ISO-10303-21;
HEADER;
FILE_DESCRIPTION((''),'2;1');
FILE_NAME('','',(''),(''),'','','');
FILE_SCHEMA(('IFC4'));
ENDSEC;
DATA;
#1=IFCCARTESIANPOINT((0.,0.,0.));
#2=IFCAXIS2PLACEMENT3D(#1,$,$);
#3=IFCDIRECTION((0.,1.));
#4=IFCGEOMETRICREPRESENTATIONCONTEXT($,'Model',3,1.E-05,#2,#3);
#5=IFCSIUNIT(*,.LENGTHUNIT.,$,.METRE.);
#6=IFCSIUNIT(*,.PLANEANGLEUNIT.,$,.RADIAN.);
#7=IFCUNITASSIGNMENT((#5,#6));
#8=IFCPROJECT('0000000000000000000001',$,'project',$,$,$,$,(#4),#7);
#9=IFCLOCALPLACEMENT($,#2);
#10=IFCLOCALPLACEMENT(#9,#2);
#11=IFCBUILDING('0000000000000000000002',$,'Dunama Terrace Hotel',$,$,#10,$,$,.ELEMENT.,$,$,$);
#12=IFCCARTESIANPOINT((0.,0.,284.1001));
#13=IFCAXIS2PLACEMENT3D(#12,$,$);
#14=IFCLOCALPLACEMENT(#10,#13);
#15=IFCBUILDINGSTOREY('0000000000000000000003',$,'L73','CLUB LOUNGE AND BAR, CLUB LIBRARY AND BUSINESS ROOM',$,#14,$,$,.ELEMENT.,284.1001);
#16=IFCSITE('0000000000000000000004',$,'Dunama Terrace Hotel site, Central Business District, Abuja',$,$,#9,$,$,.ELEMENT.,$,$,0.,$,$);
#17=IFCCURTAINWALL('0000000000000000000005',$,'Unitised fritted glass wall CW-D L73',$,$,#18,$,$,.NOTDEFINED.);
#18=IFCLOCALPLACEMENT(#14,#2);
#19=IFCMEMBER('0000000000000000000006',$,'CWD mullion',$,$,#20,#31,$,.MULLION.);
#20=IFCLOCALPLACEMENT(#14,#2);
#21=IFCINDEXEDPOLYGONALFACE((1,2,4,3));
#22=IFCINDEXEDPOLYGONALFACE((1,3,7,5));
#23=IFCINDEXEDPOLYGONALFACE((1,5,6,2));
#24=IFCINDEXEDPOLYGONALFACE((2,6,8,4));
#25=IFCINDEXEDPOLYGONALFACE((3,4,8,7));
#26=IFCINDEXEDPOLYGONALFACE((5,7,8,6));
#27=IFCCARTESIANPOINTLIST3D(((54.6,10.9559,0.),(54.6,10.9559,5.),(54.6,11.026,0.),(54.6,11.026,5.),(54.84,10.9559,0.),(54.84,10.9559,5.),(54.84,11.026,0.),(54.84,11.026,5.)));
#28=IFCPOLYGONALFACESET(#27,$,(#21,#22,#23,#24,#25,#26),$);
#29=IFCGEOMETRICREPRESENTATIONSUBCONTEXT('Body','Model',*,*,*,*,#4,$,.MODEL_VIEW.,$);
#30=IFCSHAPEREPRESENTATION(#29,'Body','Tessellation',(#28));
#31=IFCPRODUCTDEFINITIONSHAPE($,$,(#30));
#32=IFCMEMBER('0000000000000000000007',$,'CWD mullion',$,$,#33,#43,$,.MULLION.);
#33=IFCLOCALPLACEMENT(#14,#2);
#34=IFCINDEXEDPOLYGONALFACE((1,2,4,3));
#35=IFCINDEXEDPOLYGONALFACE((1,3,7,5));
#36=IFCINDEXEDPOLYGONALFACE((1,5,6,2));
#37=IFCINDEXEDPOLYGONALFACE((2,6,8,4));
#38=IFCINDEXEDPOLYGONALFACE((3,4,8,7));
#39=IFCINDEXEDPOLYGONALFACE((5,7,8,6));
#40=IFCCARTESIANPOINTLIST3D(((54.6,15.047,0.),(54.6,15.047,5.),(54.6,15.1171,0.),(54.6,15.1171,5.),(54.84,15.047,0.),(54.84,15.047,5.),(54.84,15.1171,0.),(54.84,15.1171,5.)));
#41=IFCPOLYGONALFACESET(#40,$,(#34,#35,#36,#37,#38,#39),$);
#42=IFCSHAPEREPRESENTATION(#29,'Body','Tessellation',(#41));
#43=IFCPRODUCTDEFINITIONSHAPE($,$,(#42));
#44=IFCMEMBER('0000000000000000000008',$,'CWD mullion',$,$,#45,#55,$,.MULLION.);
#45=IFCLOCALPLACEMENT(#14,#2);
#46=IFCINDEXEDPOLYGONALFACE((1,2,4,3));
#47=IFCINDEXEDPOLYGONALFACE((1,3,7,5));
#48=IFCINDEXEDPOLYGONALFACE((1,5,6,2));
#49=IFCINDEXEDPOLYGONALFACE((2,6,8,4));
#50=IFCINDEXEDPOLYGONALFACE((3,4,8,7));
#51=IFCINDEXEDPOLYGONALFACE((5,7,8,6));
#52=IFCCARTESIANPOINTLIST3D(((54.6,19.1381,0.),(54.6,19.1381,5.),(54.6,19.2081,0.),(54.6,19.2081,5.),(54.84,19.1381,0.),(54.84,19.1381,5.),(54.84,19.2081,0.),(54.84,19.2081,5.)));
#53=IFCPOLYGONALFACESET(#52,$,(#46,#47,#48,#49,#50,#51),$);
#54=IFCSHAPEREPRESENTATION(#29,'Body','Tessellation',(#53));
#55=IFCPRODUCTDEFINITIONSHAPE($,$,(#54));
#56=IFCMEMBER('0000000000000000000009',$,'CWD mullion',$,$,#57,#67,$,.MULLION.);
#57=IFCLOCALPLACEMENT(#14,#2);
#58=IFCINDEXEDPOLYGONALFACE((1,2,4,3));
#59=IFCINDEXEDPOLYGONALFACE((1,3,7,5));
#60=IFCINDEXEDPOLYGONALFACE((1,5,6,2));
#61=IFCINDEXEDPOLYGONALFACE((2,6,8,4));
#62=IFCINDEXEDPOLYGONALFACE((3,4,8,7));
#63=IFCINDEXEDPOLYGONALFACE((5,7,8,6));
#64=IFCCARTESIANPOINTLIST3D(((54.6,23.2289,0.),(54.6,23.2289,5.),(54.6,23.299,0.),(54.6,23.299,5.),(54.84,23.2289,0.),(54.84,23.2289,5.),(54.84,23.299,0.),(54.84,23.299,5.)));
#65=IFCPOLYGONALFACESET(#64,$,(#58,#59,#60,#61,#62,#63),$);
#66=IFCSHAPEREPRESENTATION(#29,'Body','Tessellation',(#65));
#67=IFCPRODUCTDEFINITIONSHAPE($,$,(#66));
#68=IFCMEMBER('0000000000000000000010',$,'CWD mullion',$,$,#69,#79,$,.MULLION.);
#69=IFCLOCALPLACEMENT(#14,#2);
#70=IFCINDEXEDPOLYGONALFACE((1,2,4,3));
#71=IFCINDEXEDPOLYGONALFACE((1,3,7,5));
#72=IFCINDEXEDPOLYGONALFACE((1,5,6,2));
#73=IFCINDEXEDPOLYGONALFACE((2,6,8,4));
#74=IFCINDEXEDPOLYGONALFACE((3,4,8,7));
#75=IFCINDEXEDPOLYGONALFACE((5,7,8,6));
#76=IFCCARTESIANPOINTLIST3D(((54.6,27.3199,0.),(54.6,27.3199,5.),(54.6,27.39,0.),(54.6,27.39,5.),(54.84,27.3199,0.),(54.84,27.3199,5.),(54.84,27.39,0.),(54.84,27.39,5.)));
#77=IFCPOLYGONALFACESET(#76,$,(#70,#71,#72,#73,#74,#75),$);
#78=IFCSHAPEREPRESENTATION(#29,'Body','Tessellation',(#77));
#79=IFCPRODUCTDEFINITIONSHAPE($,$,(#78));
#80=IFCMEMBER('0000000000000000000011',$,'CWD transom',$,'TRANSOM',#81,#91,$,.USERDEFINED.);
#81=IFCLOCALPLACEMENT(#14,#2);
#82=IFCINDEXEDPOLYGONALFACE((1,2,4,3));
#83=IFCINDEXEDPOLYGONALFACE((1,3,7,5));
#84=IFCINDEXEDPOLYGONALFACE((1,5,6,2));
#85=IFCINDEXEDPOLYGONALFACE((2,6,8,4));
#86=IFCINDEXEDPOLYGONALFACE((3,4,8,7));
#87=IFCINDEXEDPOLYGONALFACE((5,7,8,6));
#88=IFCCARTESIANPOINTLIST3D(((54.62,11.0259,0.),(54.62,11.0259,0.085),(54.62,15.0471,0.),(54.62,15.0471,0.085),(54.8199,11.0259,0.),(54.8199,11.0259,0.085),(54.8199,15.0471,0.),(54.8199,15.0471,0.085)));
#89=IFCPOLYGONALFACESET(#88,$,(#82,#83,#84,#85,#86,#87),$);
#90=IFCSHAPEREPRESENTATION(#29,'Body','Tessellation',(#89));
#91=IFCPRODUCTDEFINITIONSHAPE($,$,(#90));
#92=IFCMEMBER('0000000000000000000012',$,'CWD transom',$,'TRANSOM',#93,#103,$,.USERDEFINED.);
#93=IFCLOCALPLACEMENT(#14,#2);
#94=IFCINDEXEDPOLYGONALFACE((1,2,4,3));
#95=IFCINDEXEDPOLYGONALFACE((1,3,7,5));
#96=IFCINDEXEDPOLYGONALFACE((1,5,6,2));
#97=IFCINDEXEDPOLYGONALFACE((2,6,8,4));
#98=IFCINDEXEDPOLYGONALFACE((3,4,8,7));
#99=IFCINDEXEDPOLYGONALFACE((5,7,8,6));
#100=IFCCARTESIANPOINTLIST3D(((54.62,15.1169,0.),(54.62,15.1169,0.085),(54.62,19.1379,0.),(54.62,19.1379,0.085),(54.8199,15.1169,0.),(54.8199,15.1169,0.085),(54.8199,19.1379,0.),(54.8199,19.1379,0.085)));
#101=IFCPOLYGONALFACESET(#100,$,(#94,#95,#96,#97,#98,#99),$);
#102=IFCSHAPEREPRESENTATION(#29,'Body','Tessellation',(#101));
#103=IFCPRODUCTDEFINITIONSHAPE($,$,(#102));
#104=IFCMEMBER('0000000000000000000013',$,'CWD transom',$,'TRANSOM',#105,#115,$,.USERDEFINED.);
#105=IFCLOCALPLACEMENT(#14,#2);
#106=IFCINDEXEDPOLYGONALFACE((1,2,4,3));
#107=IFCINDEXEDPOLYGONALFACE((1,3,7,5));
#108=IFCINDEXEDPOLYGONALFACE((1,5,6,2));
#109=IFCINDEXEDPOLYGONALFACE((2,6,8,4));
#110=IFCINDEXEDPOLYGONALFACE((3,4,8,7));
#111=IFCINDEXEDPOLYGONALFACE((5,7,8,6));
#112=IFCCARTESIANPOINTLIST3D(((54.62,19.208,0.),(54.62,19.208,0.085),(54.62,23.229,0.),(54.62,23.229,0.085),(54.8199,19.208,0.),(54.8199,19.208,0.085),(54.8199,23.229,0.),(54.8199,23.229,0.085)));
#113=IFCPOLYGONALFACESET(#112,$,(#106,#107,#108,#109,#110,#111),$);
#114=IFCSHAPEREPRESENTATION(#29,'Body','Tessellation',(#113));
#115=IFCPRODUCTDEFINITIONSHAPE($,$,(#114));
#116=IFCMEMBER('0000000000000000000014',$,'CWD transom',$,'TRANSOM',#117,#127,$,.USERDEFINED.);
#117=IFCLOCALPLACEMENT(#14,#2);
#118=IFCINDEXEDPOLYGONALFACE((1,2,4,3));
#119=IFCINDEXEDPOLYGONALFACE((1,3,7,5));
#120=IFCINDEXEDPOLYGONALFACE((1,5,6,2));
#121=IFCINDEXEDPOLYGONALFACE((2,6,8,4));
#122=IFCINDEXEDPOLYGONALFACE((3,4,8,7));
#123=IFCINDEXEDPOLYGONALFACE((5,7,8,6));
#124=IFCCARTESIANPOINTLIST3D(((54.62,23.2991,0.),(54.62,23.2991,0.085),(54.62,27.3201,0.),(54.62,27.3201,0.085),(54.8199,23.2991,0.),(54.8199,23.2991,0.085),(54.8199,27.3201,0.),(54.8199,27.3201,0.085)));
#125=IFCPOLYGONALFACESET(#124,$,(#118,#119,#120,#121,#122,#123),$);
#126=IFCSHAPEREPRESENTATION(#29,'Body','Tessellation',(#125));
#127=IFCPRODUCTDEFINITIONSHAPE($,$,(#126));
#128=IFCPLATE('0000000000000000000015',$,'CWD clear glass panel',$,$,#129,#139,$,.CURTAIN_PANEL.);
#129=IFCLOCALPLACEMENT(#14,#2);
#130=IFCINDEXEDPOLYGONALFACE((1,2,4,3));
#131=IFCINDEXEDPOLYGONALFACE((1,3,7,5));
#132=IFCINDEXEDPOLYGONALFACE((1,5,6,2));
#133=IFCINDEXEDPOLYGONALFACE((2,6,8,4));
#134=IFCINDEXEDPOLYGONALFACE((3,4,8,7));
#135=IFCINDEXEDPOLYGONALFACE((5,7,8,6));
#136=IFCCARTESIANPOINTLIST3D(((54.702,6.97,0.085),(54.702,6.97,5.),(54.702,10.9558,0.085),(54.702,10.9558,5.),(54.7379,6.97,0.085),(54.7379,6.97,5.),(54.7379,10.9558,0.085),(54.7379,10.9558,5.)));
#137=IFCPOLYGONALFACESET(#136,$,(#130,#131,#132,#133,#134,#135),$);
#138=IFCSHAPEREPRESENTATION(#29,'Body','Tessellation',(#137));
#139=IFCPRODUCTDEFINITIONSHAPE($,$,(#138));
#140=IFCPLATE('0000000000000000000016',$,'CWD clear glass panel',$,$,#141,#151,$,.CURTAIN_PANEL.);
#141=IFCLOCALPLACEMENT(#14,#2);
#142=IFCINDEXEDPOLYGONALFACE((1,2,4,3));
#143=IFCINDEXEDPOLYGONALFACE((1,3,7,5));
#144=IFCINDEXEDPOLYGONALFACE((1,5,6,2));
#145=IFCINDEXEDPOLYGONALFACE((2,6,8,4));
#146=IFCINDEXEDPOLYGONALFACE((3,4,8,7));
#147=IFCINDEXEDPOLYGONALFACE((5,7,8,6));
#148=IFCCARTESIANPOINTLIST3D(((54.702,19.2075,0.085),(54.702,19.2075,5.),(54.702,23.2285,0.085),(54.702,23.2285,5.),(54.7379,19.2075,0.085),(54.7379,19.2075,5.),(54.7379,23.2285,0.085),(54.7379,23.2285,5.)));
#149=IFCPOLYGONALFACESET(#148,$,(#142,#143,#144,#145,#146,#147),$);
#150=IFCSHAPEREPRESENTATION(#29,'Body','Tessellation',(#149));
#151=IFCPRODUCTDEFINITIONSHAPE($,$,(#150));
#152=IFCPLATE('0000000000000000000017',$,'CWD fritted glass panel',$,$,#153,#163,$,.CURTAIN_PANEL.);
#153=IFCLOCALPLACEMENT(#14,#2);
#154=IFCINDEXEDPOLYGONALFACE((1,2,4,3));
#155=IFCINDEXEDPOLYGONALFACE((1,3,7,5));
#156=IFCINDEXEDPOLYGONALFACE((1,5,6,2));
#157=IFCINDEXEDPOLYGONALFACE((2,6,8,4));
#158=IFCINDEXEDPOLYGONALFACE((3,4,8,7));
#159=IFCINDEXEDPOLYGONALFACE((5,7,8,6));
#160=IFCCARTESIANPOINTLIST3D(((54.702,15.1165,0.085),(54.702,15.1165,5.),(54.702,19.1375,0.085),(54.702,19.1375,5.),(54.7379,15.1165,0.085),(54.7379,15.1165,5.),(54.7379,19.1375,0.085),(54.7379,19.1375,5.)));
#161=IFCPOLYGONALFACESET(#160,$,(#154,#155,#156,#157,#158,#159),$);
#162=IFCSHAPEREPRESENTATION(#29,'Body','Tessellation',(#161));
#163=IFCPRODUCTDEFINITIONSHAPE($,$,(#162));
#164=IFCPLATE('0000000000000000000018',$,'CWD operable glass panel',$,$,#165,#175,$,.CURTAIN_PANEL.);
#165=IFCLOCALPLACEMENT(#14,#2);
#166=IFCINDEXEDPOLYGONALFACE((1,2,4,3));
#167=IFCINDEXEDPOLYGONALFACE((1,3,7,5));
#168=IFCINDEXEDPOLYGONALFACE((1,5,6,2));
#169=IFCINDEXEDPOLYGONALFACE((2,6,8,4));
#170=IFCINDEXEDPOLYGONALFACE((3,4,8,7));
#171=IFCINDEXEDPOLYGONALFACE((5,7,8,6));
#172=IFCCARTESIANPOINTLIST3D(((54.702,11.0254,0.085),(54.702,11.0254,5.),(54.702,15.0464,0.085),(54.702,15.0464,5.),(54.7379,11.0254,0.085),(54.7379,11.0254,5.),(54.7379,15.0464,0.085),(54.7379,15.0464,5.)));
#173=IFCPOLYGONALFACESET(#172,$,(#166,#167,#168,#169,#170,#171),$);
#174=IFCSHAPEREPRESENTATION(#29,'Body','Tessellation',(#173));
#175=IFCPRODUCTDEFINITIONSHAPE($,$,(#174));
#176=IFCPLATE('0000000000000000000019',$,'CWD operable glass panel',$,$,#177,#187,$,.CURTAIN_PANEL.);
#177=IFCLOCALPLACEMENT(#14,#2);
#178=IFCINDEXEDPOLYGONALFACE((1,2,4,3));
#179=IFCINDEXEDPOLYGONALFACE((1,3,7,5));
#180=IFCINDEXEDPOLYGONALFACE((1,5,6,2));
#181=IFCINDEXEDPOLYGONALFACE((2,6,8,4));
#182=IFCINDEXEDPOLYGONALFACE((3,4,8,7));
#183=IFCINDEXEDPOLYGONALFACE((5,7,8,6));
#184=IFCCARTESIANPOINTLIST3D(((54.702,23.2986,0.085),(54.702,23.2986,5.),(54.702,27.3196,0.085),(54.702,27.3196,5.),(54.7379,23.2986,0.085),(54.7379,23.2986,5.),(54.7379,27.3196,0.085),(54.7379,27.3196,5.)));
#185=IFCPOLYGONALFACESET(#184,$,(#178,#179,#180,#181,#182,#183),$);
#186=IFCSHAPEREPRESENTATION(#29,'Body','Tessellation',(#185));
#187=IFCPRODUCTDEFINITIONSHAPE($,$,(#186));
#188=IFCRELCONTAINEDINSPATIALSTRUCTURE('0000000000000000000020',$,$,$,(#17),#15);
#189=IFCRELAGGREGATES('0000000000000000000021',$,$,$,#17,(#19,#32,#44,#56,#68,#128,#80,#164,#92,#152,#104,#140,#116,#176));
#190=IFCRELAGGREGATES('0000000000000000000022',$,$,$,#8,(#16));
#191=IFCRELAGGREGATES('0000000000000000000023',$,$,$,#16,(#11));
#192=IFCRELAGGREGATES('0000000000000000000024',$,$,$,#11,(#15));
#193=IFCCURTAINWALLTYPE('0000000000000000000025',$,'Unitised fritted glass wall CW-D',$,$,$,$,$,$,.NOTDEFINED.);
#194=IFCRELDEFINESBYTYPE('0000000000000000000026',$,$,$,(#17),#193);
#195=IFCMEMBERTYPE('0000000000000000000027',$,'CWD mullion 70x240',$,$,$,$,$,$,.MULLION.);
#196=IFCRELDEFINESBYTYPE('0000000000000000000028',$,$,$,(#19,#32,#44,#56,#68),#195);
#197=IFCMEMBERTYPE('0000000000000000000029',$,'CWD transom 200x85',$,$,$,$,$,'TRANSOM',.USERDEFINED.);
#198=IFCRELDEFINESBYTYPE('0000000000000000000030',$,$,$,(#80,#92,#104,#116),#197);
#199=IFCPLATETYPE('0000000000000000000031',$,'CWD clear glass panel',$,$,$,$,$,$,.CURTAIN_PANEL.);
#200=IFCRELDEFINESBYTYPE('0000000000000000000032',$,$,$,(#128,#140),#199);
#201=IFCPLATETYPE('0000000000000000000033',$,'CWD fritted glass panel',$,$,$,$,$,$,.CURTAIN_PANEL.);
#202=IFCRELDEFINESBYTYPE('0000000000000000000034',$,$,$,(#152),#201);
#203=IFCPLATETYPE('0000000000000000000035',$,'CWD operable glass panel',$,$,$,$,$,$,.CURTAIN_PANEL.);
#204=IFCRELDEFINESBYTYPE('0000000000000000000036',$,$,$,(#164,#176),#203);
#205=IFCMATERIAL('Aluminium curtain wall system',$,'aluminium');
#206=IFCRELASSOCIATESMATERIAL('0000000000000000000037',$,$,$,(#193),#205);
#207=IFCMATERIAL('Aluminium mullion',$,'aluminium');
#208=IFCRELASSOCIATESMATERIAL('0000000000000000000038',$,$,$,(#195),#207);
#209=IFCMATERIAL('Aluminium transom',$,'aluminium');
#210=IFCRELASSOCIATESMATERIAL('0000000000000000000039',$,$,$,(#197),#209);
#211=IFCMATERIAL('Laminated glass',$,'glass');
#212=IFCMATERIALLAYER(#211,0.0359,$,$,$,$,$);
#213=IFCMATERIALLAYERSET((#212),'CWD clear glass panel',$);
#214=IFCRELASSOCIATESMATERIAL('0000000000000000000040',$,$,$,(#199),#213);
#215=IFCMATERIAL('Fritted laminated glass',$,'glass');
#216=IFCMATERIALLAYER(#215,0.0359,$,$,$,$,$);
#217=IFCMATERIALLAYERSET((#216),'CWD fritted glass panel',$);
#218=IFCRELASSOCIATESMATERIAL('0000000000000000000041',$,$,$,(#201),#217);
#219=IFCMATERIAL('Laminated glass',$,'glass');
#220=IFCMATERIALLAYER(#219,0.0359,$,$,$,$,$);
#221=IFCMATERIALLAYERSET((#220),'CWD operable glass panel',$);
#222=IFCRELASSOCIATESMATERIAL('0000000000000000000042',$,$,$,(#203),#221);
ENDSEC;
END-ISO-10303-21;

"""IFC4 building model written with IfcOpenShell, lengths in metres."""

from ifc_helpers import new_model, si_unit, direction, frame, origin, origin_2d, place, context, subcontext, project, spatial, rectangle, extrude, material, layer, layer_set, material_profile, profile_set, type_object, element, aggregate, save


model = new_model("IFC4")

# Units and contexts
model_context = context("Model", 3, precision=1e-05, world=origin(), true_north=direction((0.0, 1.0)))
body_context = subcontext(model_context, "Body", "Model", "MODEL_VIEW")
ifc_project = project(units=[si_unit("LENGTHUNIT", "METRE"), si_unit("PLANEANGLEUNIT", "RADIAN")], contexts=[model_context])

# Site, building, storey
site_placement = place(None, origin())
site = spatial("IfcSite", under=ifc_project, at=site_placement, Name="Dunama Terrace Hotel site, Central Business District, Abuja", CompositionType="ELEMENT", RefElevation=0.0)
building_placement = place(site_placement, origin())
building = spatial("IfcBuilding", under=site, at=building_placement, Name="Dunama Terrace Hotel", CompositionType="ELEMENT")
storey_placement = place(building_placement, frame((0.0, 0.0, 284.1001)))
storey = spatial("IfcBuildingStorey", under=building, at=storey_placement, Name="L73", Description="CLUB LOUNGE AND BAR, CLUB LIBRARY AND BUSINESS ROOM", CompositionType="ELEMENT", Elevation=284.1001)

# Curtain wall, members, plates
ifc_material_1 = material(Name="Aluminium curtain wall system", Category="aluminium")
curtain_wall_type = type_object("IfcCurtainWallType", Name="Unitised fritted glass wall CW-D", PredefinedType="NOTDEFINED", material=ifc_material_1)
curtain_wall_placement = place(storey_placement, origin())
curtain_wall = element("IfcCurtainWall", 1, at=curtain_wall_placement, inside=storey, type_object=curtain_wall_type, Name="Unitised fritted glass wall CW-D L73", PredefinedType="NOTDEFINED")
ifc_material_2 = material(Name="Aluminium mullion", Category="aluminium")
ifc_material_profile_1 = material_profile(ifc_material_2, rectangle(XDim=0.0701, YDim=0.24, at=origin_2d()), Name="CWD MULLION 70X240")
ifc_profile_set_1 = profile_set([ifc_material_profile_1], Name="Aluminium mullion")
member_type_1 = type_object("IfcMemberType", Name="CWD mullion 70x240", PredefinedType="MULLION", material=ifc_profile_set_1)
member_1_placement = place(storey_placement, frame((54.72, 10.991, 0.0), z_axis=(0.0, 0.0, 1.0), x_axis=(0.0, 1.0, 0.0)))
member_1 = element("IfcMember", 2, at=member_1_placement, type_object=member_type_1, Name="CWD mullion", PredefinedType="MULLION", context=body_context, shape_type="SweptSolid", body=[
    extrude(rectangle(XDim=0.0701, YDim=0.24, at=origin_2d()), origin(), (0.0, 0.0, 1.0), 5.0),
])
member_2_placement = place(storey_placement, frame((54.72, 15.082, 0.0), z_axis=(0.0, 0.0, 1.0), x_axis=(0.0, 1.0, 0.0)))
member_2 = element("IfcMember", 3, at=member_2_placement, type_object=member_type_1, Name="CWD mullion", PredefinedType="MULLION", context=body_context, shape_type="SweptSolid", body=[
    extrude(rectangle(XDim=0.0701, YDim=0.24, at=origin_2d()), origin(), (0.0, 0.0, 1.0), 5.0),
])
member_3_placement = place(storey_placement, frame((54.72, 19.1731, 0.0), z_axis=(0.0, 0.0, 1.0), x_axis=(0.0, 1.0, 0.0)))
member_3 = element("IfcMember", 4, at=member_3_placement, type_object=member_type_1, Name="CWD mullion", PredefinedType="MULLION", context=body_context, shape_type="SweptSolid", body=[
    extrude(rectangle(XDim=0.0701, YDim=0.24, at=origin_2d()), origin(), (0.0, 0.0, 1.0), 5.0),
])
member_4_placement = place(storey_placement, frame((54.72, 23.2639, 0.0), z_axis=(0.0, 0.0, 1.0), x_axis=(0.0, 1.0, 0.0)))
member_4 = element("IfcMember", 5, at=member_4_placement, type_object=member_type_1, Name="CWD mullion", PredefinedType="MULLION", context=body_context, shape_type="SweptSolid", body=[
    extrude(rectangle(XDim=0.0701, YDim=0.24, at=origin_2d()), origin(), (0.0, 0.0, 1.0), 5.0),
])
member_5_placement = place(storey_placement, frame((54.72, 27.355, 0.0), z_axis=(0.0, 0.0, 1.0), x_axis=(0.0, 1.0, 0.0)))
member_5 = element("IfcMember", 6, at=member_5_placement, type_object=member_type_1, Name="CWD mullion", PredefinedType="MULLION", context=body_context, shape_type="SweptSolid", body=[
    extrude(rectangle(XDim=0.0701, YDim=0.24, at=origin_2d()), origin(), (0.0, 0.0, 1.0), 5.0),
])
ifc_material_3 = material(Name="Aluminium transom", Category="aluminium")
ifc_material_profile_2 = material_profile(ifc_material_3, rectangle(XDim=0.2, YDim=0.085, at=origin_2d()), Name="CWD TRANSOM 200X85")
ifc_profile_set_2 = profile_set([ifc_material_profile_2], Name="Aluminium transom")
member_type_2 = type_object("IfcMemberType", Name="CWD transom 200x85", ElementType="TRANSOM", PredefinedType="USERDEFINED", material=ifc_profile_set_2)
member_6_placement = place(storey_placement, frame((54.72, 11.0259, 0.0425), z_axis=(0.0, 1.0, 0.0), x_axis=(-1.0, 0.0, 0.0)))
member_6 = element("IfcMember", 7, at=member_6_placement, type_object=member_type_2, Name="CWD transom", ObjectType="TRANSOM", PredefinedType="USERDEFINED", context=body_context, shape_type="SweptSolid", body=[
    extrude(rectangle(XDim=0.2, YDim=0.085, at=origin_2d()), origin(), (0.0, 0.0, 1.0), 4.0212),
])
member_7_placement = place(storey_placement, frame((54.72, 15.1169, 0.0425), z_axis=(0.0, 1.0, 0.0), x_axis=(-1.0, 0.0, 0.0)))
member_7 = element("IfcMember", 8, at=member_7_placement, type_object=member_type_2, Name="CWD transom", ObjectType="TRANSOM", PredefinedType="USERDEFINED", context=body_context, shape_type="SweptSolid", body=[
    extrude(rectangle(XDim=0.2, YDim=0.085, at=origin_2d()), origin(), (0.0, 0.0, 1.0), 4.021),
])
member_8_placement = place(storey_placement, frame((54.72, 19.208, 0.0425), z_axis=(0.0, 1.0, 0.0), x_axis=(-1.0, 0.0, 0.0)))
member_8 = element("IfcMember", 9, at=member_8_placement, type_object=member_type_2, Name="CWD transom", ObjectType="TRANSOM", PredefinedType="USERDEFINED", context=body_context, shape_type="SweptSolid", body=[
    extrude(rectangle(XDim=0.2, YDim=0.085, at=origin_2d()), origin(), (0.0, 0.0, 1.0), 4.021),
])
member_9_placement = place(storey_placement, frame((54.72, 23.2991, 0.0425), z_axis=(0.0, 1.0, 0.0), x_axis=(-1.0, 0.0, 0.0)))
member_9 = element("IfcMember", 10, at=member_9_placement, type_object=member_type_2, Name="CWD transom", ObjectType="TRANSOM", PredefinedType="USERDEFINED", context=body_context, shape_type="SweptSolid", body=[
    extrude(rectangle(XDim=0.2, YDim=0.085, at=origin_2d()), origin(), (0.0, 0.0, 1.0), 4.021),
])
ifc_material_4 = material(Name="Laminated glass", Category="glass")
ifc_layer_1 = layer(ifc_material_4, 0.0359)
ifc_layer_set_1 = layer_set([ifc_layer_1], Name="CWD clear glass panel")
plate_type_1 = type_object("IfcPlateType", Name="CWD clear glass panel", PredefinedType="CURTAIN_PANEL", material=ifc_layer_set_1)
plate_1_placement = place(storey_placement, frame((54.72, 8.9629, 0.085), z_axis=(0.0, 0.0, 1.0), x_axis=(0.0, 1.0, 0.0)))
plate_1 = element("IfcPlate", 11, at=plate_1_placement, type_object=plate_type_1, Name="CWD clear glass panel", PredefinedType="CURTAIN_PANEL", context=body_context, shape_type="SweptSolid", body=[
    extrude(rectangle(XDim=3.9858, YDim=0.0359, at=origin_2d()), origin(), (0.0, 0.0, 1.0), 4.915),
])
plate_2_placement = place(storey_placement, frame((54.72, 21.218, 0.085), z_axis=(0.0, 0.0, 1.0), x_axis=(0.0, 1.0, 0.0)))
plate_2 = element("IfcPlate", 12, at=plate_2_placement, type_object=plate_type_1, Name="CWD clear glass panel", PredefinedType="CURTAIN_PANEL", context=body_context, shape_type="SweptSolid", body=[
    extrude(rectangle(XDim=4.021, YDim=0.0359, at=origin_2d()), origin(), (0.0, 0.0, 1.0), 4.915),
])
ifc_material_5 = material(Name="Fritted laminated glass", Category="glass")
ifc_layer_2 = layer(ifc_material_5, 0.0359)
ifc_layer_set_2 = layer_set([ifc_layer_2], Name="CWD fritted glass panel")
plate_type_2 = type_object("IfcPlateType", Name="CWD fritted glass panel", PredefinedType="CURTAIN_PANEL", material=ifc_layer_set_2)
plate_3_placement = place(storey_placement, frame((54.72, 17.127, 0.085), z_axis=(0.0, 0.0, 1.0), x_axis=(0.0, 1.0, 0.0)))
plate_3 = element("IfcPlate", 13, at=plate_3_placement, type_object=plate_type_2, Name="CWD fritted glass panel", PredefinedType="CURTAIN_PANEL", context=body_context, shape_type="SweptSolid", body=[
    extrude(rectangle(XDim=4.021, YDim=0.0359, at=origin_2d()), origin(), (0.0, 0.0, 1.0), 4.915),
])
ifc_material_6 = material(Name="Laminated glass", Category="glass")
ifc_layer_3 = layer(ifc_material_6, 0.0359)
ifc_layer_set_3 = layer_set([ifc_layer_3], Name="CWD operable glass panel")
plate_type_3 = type_object("IfcPlateType", Name="CWD operable glass panel", PredefinedType="CURTAIN_PANEL", material=ifc_layer_set_3)
plate_4_placement = place(storey_placement, frame((54.72, 13.0359, 0.085), z_axis=(0.0, 0.0, 1.0), x_axis=(0.0, 1.0, 0.0)))
plate_4 = element("IfcPlate", 14, at=plate_4_placement, type_object=plate_type_3, Name="CWD operable glass panel", PredefinedType="CURTAIN_PANEL", context=body_context, shape_type="SweptSolid", body=[
    extrude(rectangle(XDim=4.021, YDim=0.0359, at=origin_2d()), origin(), (0.0, 0.0, 1.0), 4.915),
])
plate_5_placement = place(storey_placement, frame((54.72, 25.3091, 0.085), z_axis=(0.0, 0.0, 1.0), x_axis=(0.0, 1.0, 0.0)))
plate_5 = element("IfcPlate", 15, at=plate_5_placement, type_object=plate_type_3, Name="CWD operable glass panel", PredefinedType="CURTAIN_PANEL", context=body_context, shape_type="SweptSolid", body=[
    extrude(rectangle(XDim=4.021, YDim=0.0359, at=origin_2d()), origin(), (0.0, 0.0, 1.0), 4.915),
])
aggregate(curtain_wall, [member_1, member_2, member_3, member_4, member_5, plate_1, member_6, plate_4, member_7, plate_3, member_8, plate_2, member_9, plate_5])

save(model, "model.ifc")
